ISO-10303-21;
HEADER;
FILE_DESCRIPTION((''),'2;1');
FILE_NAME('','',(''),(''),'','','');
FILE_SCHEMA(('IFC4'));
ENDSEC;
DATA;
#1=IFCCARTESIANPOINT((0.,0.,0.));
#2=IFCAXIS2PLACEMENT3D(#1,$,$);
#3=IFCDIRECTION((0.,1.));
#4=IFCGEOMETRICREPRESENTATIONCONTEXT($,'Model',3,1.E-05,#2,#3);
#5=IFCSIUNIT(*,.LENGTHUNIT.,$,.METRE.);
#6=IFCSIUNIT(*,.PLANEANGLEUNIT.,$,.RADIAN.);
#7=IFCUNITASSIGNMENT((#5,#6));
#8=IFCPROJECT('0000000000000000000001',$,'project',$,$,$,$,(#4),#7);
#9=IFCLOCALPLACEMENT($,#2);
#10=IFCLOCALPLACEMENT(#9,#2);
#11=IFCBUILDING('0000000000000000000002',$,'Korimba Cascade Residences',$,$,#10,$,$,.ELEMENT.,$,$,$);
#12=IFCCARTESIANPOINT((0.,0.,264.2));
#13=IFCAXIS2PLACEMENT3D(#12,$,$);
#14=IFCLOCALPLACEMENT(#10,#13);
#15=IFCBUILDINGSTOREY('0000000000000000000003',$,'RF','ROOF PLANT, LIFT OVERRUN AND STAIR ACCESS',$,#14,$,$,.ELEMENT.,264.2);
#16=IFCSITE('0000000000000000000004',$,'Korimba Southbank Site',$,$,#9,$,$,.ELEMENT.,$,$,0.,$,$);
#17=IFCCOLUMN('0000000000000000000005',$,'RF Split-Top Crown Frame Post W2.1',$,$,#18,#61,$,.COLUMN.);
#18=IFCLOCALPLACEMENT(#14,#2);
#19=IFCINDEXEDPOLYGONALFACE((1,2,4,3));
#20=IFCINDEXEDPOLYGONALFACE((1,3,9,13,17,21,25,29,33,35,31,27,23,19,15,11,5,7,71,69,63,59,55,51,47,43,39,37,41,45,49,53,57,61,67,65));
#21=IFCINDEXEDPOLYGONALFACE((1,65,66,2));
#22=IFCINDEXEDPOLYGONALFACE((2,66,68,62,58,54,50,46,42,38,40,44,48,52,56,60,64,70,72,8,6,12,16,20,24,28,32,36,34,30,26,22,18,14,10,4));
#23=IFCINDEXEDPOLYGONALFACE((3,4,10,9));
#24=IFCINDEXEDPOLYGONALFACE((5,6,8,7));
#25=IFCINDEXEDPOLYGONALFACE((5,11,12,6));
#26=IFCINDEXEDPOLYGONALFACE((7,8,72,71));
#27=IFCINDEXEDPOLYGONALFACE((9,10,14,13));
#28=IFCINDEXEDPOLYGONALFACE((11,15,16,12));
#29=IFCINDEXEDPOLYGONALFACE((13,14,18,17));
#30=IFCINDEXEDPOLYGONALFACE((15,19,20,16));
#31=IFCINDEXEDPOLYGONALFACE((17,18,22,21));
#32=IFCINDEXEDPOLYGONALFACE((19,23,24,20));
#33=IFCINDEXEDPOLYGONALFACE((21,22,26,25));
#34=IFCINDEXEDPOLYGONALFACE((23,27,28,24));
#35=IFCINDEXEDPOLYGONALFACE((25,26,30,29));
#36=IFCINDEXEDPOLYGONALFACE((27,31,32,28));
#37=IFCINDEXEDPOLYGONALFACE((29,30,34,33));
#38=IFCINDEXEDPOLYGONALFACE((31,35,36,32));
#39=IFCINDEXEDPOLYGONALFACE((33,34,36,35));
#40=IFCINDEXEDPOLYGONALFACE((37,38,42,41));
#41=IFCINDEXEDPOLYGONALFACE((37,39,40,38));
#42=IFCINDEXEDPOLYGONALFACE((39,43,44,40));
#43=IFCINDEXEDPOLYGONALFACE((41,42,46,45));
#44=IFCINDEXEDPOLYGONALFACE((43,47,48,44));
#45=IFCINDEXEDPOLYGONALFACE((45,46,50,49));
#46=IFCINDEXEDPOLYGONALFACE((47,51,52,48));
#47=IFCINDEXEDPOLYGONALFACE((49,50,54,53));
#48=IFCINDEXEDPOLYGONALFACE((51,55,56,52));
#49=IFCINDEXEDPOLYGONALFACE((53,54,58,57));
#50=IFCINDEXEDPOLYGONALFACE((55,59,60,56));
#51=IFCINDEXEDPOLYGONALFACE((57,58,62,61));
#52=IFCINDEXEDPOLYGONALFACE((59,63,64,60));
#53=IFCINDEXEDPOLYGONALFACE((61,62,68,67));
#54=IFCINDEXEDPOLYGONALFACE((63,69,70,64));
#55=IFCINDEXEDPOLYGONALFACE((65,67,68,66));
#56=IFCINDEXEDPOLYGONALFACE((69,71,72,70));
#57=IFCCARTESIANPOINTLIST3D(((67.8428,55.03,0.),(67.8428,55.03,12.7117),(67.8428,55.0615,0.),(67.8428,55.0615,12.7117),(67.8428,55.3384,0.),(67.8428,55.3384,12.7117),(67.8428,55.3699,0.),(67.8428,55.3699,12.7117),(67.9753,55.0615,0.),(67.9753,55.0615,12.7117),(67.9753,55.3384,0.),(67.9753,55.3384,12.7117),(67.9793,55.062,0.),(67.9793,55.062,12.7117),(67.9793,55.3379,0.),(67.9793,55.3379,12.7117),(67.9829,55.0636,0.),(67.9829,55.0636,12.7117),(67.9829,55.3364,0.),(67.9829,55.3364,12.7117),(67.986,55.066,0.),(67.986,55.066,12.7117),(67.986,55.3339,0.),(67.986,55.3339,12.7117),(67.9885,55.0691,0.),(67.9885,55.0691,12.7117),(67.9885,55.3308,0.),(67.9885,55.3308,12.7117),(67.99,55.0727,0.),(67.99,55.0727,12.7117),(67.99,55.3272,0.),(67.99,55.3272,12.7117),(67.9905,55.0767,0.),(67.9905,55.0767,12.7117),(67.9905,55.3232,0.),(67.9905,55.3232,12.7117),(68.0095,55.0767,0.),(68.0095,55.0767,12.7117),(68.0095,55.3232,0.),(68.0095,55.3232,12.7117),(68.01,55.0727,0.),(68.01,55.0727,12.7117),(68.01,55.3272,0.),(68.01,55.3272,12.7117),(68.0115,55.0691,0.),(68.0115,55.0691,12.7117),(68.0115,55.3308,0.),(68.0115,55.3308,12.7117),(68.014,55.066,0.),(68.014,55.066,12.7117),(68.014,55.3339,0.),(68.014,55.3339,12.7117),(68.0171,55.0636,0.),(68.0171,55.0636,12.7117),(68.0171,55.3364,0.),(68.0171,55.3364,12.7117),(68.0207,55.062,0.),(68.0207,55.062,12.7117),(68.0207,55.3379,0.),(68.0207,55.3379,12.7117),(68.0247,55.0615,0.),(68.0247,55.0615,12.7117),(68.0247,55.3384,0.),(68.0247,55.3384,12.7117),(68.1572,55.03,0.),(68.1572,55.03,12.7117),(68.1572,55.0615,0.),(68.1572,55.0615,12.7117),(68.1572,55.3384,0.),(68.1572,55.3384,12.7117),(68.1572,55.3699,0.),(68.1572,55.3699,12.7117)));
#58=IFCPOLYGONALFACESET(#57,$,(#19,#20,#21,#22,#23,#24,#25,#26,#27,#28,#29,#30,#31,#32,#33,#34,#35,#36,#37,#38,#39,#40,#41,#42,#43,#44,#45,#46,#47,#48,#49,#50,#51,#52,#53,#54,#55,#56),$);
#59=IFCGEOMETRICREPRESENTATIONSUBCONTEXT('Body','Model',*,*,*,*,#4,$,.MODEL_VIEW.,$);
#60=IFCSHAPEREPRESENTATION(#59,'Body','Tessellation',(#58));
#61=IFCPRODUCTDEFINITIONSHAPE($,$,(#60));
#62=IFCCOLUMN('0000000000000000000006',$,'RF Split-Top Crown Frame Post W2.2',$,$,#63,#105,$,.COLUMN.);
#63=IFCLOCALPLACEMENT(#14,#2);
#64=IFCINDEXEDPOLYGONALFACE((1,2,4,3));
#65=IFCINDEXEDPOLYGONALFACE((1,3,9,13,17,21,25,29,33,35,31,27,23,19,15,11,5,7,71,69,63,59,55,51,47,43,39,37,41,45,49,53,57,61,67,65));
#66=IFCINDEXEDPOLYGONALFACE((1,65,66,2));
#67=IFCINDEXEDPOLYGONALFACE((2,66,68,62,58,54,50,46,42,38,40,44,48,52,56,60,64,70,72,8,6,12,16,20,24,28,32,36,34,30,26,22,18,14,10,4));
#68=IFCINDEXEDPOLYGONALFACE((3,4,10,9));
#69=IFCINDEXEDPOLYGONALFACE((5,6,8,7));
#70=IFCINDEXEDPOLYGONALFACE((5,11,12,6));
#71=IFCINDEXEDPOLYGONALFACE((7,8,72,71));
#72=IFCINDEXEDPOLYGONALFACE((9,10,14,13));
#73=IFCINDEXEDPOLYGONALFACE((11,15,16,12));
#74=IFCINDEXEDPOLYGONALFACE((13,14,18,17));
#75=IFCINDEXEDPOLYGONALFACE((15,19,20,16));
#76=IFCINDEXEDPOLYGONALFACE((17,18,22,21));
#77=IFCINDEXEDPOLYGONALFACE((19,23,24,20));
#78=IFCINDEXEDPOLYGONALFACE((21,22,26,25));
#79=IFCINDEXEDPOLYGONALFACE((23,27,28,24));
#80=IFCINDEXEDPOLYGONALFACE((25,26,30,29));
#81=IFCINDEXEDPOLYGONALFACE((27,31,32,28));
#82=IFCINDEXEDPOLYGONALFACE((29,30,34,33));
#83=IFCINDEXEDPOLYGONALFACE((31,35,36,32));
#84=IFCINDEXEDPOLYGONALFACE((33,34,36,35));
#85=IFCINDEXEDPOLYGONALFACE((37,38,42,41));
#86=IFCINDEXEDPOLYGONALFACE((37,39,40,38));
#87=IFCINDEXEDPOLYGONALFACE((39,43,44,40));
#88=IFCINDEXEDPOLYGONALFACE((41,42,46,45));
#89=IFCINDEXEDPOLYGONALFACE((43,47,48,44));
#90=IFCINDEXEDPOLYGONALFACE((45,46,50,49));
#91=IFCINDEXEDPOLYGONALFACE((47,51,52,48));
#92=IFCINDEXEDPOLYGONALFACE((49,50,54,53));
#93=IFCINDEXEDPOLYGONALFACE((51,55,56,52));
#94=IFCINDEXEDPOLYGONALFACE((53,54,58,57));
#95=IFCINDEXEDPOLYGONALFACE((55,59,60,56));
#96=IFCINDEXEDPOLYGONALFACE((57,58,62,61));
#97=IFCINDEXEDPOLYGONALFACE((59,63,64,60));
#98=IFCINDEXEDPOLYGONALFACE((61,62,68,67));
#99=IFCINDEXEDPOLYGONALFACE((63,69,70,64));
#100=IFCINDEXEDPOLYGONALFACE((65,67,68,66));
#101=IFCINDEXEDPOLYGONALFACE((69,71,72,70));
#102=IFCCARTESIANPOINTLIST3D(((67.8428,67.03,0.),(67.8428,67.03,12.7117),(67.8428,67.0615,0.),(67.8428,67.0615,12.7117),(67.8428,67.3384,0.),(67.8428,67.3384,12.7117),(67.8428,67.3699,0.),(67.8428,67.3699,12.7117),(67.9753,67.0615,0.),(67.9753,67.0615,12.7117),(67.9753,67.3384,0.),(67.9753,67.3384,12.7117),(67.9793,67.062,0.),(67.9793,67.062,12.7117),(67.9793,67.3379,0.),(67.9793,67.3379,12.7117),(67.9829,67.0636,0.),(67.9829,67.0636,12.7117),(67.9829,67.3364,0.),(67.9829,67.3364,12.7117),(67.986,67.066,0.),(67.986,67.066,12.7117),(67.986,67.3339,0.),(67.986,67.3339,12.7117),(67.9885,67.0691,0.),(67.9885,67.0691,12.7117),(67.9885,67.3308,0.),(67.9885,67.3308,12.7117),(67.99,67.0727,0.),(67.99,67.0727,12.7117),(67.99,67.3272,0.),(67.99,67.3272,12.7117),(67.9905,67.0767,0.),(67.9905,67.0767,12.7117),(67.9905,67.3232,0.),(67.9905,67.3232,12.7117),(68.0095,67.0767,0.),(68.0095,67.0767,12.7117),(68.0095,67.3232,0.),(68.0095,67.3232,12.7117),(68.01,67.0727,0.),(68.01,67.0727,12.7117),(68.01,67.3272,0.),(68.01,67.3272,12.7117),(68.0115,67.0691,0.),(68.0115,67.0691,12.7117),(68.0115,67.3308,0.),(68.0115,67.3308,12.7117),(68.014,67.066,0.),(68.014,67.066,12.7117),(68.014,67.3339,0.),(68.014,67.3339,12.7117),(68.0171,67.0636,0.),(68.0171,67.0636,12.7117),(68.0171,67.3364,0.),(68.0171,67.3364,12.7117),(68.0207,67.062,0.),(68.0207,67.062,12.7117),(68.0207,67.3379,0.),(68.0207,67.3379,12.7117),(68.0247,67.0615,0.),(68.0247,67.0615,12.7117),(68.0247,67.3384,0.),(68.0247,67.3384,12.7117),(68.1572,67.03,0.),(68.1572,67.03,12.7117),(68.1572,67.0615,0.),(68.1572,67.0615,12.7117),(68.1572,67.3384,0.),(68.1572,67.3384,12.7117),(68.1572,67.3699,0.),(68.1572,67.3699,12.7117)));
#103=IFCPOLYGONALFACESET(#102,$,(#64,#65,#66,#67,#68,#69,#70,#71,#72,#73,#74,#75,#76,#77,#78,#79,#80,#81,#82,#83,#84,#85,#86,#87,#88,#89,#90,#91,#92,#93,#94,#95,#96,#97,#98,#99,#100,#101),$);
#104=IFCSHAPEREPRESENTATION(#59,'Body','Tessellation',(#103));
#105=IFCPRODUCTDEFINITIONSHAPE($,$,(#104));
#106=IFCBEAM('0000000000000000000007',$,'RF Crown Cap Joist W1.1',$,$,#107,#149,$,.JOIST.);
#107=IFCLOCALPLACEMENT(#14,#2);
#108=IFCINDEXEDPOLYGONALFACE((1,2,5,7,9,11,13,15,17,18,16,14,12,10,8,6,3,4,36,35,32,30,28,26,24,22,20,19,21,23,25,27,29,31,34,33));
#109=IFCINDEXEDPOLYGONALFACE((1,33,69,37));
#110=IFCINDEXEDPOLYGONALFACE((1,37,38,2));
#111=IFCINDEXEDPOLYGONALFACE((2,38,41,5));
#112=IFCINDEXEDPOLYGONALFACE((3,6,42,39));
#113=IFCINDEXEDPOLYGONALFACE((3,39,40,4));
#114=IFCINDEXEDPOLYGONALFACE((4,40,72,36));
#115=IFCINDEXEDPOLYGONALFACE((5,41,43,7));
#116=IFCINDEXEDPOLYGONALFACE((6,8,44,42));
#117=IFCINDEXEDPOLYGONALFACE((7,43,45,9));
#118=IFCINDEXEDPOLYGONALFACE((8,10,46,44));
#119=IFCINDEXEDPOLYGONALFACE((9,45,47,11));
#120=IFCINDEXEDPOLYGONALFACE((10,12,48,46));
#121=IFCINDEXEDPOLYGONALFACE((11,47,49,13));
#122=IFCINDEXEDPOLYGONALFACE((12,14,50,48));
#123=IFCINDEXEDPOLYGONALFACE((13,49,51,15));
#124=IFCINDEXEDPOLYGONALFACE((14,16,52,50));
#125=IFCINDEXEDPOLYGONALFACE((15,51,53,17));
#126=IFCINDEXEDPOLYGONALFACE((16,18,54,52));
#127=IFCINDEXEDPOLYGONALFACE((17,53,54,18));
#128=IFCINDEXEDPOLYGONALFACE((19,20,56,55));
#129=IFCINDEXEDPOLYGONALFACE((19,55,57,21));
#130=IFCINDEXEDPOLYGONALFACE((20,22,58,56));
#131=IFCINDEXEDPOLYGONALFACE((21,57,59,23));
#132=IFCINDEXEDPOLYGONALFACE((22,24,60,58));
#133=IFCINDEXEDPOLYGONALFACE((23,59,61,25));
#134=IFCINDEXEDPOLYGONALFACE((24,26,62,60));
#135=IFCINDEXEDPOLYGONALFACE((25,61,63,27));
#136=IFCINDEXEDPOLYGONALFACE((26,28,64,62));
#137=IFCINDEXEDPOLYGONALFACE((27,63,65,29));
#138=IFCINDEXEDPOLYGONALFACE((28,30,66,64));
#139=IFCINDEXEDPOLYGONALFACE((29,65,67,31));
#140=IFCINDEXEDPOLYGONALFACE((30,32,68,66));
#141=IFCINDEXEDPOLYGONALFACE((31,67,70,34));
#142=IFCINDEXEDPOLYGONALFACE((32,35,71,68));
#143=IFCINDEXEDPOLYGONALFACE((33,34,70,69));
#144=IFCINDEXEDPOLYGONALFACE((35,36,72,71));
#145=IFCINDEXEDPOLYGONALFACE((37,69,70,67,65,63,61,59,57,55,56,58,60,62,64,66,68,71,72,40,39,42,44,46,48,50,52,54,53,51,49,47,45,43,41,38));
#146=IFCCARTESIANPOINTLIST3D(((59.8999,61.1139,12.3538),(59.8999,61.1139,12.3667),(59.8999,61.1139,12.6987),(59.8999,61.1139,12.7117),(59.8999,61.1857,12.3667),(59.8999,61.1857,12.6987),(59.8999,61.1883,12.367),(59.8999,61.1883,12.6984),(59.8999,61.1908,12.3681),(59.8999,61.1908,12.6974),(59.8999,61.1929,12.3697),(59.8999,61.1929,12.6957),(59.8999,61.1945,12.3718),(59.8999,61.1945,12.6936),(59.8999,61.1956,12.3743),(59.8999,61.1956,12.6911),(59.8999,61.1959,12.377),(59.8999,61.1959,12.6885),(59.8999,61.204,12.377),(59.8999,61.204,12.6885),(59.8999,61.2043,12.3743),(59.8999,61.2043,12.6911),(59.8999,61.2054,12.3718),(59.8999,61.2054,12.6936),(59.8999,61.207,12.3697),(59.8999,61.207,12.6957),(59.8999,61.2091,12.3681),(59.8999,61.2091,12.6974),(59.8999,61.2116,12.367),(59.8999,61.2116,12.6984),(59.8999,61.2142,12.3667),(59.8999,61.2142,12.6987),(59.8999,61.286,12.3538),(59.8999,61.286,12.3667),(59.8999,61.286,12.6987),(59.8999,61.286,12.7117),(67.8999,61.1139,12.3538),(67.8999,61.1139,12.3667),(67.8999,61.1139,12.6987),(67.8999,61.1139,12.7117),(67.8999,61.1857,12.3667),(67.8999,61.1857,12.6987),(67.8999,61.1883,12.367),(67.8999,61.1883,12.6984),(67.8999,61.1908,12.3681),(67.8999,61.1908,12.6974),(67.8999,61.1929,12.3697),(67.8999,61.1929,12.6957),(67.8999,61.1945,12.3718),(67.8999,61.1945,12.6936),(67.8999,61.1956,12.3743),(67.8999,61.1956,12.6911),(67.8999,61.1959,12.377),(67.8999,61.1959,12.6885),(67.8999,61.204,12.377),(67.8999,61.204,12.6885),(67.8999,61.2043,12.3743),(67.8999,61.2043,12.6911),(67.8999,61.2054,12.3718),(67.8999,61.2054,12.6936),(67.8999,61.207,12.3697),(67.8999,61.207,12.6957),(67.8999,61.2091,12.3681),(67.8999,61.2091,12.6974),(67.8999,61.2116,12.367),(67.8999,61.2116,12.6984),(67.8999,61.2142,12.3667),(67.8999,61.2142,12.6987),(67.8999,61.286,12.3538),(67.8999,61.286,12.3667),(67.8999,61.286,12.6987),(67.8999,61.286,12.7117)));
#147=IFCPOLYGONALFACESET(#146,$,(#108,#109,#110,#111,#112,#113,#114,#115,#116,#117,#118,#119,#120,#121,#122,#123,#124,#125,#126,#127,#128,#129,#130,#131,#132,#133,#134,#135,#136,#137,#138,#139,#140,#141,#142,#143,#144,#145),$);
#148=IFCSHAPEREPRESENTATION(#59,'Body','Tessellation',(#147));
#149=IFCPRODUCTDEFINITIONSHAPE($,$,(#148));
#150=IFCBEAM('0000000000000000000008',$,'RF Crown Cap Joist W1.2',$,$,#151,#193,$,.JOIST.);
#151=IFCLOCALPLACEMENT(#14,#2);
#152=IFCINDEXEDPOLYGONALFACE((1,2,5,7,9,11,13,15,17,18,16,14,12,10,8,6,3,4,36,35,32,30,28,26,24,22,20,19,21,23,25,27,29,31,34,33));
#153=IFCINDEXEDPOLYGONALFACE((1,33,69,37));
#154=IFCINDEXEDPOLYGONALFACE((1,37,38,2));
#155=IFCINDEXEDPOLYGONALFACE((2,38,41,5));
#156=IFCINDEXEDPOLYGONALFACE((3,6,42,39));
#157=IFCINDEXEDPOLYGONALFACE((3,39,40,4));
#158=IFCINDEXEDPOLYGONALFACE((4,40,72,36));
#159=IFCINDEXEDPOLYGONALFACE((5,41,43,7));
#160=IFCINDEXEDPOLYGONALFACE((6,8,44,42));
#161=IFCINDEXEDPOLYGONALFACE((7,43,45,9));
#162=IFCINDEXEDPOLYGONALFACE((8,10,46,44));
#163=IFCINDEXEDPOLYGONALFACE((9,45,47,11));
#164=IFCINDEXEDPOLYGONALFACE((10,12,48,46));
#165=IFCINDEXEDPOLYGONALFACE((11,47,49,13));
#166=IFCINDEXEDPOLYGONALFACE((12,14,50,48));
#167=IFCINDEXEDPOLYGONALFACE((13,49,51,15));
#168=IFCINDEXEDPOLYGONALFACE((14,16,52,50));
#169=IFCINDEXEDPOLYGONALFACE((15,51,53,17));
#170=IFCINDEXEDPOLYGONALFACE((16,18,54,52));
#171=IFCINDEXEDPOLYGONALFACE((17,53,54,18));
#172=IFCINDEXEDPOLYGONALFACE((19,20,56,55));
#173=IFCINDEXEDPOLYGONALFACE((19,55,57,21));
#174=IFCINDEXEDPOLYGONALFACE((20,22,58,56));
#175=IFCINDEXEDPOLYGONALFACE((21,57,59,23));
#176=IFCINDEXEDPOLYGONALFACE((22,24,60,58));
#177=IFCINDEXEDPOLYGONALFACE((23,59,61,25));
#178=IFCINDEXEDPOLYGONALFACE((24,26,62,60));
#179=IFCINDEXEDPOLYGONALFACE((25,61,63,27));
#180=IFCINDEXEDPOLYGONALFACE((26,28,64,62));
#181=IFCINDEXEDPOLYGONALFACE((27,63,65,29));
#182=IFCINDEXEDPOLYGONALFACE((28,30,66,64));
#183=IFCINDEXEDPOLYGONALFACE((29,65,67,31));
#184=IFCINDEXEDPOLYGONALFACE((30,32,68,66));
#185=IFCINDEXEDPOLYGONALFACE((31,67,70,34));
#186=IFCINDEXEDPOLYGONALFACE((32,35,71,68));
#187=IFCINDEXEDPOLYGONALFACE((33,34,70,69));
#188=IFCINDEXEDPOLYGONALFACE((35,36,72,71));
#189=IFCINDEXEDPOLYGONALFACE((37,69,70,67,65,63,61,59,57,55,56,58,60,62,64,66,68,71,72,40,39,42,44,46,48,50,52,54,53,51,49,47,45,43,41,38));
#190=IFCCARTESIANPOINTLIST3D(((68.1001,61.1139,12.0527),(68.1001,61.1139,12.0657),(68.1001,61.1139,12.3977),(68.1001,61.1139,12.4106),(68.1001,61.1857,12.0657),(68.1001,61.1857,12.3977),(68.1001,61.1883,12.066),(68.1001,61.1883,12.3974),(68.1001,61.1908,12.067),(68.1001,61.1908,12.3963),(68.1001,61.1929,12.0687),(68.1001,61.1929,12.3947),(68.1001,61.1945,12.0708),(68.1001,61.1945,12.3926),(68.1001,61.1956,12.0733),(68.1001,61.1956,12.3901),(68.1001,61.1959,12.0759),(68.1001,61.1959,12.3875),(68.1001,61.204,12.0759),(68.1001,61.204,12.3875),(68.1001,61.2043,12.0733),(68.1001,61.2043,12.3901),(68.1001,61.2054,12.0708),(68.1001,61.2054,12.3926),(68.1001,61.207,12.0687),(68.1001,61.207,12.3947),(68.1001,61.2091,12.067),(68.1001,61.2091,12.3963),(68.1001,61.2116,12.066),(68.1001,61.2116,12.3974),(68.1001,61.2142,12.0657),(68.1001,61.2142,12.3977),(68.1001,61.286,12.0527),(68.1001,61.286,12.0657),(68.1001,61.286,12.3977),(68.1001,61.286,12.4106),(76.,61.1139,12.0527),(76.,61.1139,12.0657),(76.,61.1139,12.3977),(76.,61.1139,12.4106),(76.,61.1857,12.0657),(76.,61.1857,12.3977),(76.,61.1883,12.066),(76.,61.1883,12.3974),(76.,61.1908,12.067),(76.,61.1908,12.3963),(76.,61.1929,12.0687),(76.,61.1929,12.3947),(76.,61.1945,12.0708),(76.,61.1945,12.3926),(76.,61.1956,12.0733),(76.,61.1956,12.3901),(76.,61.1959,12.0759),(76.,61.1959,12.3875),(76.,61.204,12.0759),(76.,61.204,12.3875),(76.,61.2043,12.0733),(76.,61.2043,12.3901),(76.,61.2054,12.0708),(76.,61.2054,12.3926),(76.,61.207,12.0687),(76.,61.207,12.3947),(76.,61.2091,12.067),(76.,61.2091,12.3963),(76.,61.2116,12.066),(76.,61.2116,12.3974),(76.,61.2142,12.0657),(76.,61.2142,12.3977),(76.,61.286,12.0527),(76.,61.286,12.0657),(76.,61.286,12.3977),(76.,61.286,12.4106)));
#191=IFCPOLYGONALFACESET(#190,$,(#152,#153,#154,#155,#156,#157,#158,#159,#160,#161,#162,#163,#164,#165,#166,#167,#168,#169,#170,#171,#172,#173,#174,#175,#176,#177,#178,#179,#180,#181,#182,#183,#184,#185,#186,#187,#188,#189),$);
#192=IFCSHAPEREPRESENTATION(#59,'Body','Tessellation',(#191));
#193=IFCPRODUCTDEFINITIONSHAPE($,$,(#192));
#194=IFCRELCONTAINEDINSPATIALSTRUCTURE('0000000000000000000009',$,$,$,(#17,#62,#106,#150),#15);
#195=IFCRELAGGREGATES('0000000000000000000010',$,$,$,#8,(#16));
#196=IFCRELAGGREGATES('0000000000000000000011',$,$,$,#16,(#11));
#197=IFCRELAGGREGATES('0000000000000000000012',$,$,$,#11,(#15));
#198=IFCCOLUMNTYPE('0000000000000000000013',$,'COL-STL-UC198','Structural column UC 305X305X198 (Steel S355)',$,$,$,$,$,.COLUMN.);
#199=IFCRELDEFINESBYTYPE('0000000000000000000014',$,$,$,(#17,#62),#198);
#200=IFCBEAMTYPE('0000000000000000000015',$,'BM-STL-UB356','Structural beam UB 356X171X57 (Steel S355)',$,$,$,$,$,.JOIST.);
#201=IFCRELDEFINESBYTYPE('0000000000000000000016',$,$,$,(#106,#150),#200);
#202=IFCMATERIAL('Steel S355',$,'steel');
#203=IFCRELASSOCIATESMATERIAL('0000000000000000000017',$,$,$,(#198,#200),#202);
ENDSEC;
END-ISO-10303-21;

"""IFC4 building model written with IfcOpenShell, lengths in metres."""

from ifc_helpers import new_model, si_unit, direction, frame, origin, origin_2d, place, context, subcontext, project, spatial, i_section, extrude, material, material_profile, profile_set, type_object, element, save


model = new_model("IFC4")

# Units and contexts
model_context = context("Model", 3, precision=1e-05, world=origin(), true_north=direction((0.0, 1.0)))
body_context = subcontext(model_context, "Body", "Model", "MODEL_VIEW")
ifc_project = project(units=[si_unit("LENGTHUNIT", "METRE"), si_unit("PLANEANGLEUNIT", "RADIAN")], contexts=[model_context])

# Site, building, storey
site_placement = place(None, origin())
site = spatial("IfcSite", under=ifc_project, at=site_placement, Name="Korimba Southbank Site", CompositionType="ELEMENT", RefElevation=0.0)
building_placement = place(site_placement, origin())
building = spatial("IfcBuilding", under=site, at=building_placement, Name="Korimba Cascade Residences", CompositionType="ELEMENT")
storey_placement = place(building_placement, frame((0.0, 0.0, 264.2)))
storey = spatial("IfcBuildingStorey", under=building, at=storey_placement, Name="RF", Description="ROOF PLANT, LIFT OVERRUN AND STAIR ACCESS", CompositionType="ELEMENT", Elevation=264.2)

# Columns
ifc_material_1 = material(Name="Steel S355", Category="steel")
ifc_material_profile_1 = material_profile(ifc_material_1, i_section(OverallWidth=0.3145, OverallDepth=0.3398, WebThickness=0.019, FlangeThickness=0.0315, FilletRadius=0.0151, at=origin_2d()), Name="Steel S355")
ifc_profile_set_1 = profile_set([ifc_material_profile_1], Name="Steel S355")
column_type = type_object("IfcColumnType", Name="COL-STL-UC198", Description="Structural column UC 305X305X198 (Steel S355)", PredefinedType="COLUMN", material=ifc_profile_set_1)
for number, where, z_axis, x_axis, name in (
    (1, (68.0, 55.2, 0.0), (0.0, 0.0, 1.0), (1.0, 0.0, 0.0), "RF Split-Top Crown Frame Post W2.1"),
    (2, (68.0, 67.2, 0.0), (0.0, 0.0, 1.0), (1.0, 0.0, 0.0), "RF Split-Top Crown Frame Post W2.2"),
):
    element("IfcColumn", number, at=place(storey_placement, frame(where, z_axis=z_axis, x_axis=x_axis)), inside=storey, type_object=column_type, Name=name, PredefinedType="COLUMN", context=body_context, shape_type="SweptSolid", body=[
        extrude(i_section(OverallWidth=0.3145, OverallDepth=0.3398, WebThickness=0.019, FlangeThickness=0.0315, FilletRadius=0.0151, at=origin_2d()), origin(), (0.0, 0.0, 1.0), 12.7117),
    ])

# Beams
ifc_material_profile_2 = material_profile(ifc_material_1, i_section(OverallWidth=0.1721, OverallDepth=0.3579, WebThickness=0.0081, FlangeThickness=0.0129, FilletRadius=0.0103, at=origin_2d()), Name="Steel S355")
ifc_profile_set_2 = profile_set([ifc_material_profile_2], Name="Steel S355")
beam_type_1 = type_object("IfcBeamType", Name="BM-STL-UB356", Description="Structural beam UB 356X171X57 (Steel S355)", PredefinedType="JOIST", material=ifc_profile_set_2)
beam_1_placement = place(storey_placement, frame((59.8999, 61.2, 12.5327), z_axis=(1.0, 0.0, 0.0), x_axis=(0.0, 1.0, 0.0)))
element("IfcBeam", 3, at=beam_1_placement, inside=storey, type_object=beam_type_1, Name="RF Crown Cap Joist W1.1", PredefinedType="JOIST", context=body_context, shape_type="SweptSolid", body=[
    extrude(i_section(OverallWidth=0.1721, OverallDepth=0.3579, WebThickness=0.0081, FlangeThickness=0.0129, FilletRadius=0.0103, at=origin_2d()), origin(), (0.0, 0.0, 1.0), 8.0),
])
beam_2_placement = place(storey_placement, frame((68.1001, 61.2, 12.2317), z_axis=(1.0, 0.0, 0.0), x_axis=(0.0, 1.0, 0.0)))
element("IfcBeam", 4, at=beam_2_placement, inside=storey, type_object=beam_type_1, Name="RF Crown Cap Joist W1.2", PredefinedType="JOIST", context=body_context, shape_type="SweptSolid", body=[
    extrude(i_section(OverallWidth=0.1721, OverallDepth=0.3579, WebThickness=0.0081, FlangeThickness=0.0129, FilletRadius=0.0103, at=origin_2d()), origin(), (0.0, 0.0, 1.0), 7.8999),
])

save(model, "model.ifc")
